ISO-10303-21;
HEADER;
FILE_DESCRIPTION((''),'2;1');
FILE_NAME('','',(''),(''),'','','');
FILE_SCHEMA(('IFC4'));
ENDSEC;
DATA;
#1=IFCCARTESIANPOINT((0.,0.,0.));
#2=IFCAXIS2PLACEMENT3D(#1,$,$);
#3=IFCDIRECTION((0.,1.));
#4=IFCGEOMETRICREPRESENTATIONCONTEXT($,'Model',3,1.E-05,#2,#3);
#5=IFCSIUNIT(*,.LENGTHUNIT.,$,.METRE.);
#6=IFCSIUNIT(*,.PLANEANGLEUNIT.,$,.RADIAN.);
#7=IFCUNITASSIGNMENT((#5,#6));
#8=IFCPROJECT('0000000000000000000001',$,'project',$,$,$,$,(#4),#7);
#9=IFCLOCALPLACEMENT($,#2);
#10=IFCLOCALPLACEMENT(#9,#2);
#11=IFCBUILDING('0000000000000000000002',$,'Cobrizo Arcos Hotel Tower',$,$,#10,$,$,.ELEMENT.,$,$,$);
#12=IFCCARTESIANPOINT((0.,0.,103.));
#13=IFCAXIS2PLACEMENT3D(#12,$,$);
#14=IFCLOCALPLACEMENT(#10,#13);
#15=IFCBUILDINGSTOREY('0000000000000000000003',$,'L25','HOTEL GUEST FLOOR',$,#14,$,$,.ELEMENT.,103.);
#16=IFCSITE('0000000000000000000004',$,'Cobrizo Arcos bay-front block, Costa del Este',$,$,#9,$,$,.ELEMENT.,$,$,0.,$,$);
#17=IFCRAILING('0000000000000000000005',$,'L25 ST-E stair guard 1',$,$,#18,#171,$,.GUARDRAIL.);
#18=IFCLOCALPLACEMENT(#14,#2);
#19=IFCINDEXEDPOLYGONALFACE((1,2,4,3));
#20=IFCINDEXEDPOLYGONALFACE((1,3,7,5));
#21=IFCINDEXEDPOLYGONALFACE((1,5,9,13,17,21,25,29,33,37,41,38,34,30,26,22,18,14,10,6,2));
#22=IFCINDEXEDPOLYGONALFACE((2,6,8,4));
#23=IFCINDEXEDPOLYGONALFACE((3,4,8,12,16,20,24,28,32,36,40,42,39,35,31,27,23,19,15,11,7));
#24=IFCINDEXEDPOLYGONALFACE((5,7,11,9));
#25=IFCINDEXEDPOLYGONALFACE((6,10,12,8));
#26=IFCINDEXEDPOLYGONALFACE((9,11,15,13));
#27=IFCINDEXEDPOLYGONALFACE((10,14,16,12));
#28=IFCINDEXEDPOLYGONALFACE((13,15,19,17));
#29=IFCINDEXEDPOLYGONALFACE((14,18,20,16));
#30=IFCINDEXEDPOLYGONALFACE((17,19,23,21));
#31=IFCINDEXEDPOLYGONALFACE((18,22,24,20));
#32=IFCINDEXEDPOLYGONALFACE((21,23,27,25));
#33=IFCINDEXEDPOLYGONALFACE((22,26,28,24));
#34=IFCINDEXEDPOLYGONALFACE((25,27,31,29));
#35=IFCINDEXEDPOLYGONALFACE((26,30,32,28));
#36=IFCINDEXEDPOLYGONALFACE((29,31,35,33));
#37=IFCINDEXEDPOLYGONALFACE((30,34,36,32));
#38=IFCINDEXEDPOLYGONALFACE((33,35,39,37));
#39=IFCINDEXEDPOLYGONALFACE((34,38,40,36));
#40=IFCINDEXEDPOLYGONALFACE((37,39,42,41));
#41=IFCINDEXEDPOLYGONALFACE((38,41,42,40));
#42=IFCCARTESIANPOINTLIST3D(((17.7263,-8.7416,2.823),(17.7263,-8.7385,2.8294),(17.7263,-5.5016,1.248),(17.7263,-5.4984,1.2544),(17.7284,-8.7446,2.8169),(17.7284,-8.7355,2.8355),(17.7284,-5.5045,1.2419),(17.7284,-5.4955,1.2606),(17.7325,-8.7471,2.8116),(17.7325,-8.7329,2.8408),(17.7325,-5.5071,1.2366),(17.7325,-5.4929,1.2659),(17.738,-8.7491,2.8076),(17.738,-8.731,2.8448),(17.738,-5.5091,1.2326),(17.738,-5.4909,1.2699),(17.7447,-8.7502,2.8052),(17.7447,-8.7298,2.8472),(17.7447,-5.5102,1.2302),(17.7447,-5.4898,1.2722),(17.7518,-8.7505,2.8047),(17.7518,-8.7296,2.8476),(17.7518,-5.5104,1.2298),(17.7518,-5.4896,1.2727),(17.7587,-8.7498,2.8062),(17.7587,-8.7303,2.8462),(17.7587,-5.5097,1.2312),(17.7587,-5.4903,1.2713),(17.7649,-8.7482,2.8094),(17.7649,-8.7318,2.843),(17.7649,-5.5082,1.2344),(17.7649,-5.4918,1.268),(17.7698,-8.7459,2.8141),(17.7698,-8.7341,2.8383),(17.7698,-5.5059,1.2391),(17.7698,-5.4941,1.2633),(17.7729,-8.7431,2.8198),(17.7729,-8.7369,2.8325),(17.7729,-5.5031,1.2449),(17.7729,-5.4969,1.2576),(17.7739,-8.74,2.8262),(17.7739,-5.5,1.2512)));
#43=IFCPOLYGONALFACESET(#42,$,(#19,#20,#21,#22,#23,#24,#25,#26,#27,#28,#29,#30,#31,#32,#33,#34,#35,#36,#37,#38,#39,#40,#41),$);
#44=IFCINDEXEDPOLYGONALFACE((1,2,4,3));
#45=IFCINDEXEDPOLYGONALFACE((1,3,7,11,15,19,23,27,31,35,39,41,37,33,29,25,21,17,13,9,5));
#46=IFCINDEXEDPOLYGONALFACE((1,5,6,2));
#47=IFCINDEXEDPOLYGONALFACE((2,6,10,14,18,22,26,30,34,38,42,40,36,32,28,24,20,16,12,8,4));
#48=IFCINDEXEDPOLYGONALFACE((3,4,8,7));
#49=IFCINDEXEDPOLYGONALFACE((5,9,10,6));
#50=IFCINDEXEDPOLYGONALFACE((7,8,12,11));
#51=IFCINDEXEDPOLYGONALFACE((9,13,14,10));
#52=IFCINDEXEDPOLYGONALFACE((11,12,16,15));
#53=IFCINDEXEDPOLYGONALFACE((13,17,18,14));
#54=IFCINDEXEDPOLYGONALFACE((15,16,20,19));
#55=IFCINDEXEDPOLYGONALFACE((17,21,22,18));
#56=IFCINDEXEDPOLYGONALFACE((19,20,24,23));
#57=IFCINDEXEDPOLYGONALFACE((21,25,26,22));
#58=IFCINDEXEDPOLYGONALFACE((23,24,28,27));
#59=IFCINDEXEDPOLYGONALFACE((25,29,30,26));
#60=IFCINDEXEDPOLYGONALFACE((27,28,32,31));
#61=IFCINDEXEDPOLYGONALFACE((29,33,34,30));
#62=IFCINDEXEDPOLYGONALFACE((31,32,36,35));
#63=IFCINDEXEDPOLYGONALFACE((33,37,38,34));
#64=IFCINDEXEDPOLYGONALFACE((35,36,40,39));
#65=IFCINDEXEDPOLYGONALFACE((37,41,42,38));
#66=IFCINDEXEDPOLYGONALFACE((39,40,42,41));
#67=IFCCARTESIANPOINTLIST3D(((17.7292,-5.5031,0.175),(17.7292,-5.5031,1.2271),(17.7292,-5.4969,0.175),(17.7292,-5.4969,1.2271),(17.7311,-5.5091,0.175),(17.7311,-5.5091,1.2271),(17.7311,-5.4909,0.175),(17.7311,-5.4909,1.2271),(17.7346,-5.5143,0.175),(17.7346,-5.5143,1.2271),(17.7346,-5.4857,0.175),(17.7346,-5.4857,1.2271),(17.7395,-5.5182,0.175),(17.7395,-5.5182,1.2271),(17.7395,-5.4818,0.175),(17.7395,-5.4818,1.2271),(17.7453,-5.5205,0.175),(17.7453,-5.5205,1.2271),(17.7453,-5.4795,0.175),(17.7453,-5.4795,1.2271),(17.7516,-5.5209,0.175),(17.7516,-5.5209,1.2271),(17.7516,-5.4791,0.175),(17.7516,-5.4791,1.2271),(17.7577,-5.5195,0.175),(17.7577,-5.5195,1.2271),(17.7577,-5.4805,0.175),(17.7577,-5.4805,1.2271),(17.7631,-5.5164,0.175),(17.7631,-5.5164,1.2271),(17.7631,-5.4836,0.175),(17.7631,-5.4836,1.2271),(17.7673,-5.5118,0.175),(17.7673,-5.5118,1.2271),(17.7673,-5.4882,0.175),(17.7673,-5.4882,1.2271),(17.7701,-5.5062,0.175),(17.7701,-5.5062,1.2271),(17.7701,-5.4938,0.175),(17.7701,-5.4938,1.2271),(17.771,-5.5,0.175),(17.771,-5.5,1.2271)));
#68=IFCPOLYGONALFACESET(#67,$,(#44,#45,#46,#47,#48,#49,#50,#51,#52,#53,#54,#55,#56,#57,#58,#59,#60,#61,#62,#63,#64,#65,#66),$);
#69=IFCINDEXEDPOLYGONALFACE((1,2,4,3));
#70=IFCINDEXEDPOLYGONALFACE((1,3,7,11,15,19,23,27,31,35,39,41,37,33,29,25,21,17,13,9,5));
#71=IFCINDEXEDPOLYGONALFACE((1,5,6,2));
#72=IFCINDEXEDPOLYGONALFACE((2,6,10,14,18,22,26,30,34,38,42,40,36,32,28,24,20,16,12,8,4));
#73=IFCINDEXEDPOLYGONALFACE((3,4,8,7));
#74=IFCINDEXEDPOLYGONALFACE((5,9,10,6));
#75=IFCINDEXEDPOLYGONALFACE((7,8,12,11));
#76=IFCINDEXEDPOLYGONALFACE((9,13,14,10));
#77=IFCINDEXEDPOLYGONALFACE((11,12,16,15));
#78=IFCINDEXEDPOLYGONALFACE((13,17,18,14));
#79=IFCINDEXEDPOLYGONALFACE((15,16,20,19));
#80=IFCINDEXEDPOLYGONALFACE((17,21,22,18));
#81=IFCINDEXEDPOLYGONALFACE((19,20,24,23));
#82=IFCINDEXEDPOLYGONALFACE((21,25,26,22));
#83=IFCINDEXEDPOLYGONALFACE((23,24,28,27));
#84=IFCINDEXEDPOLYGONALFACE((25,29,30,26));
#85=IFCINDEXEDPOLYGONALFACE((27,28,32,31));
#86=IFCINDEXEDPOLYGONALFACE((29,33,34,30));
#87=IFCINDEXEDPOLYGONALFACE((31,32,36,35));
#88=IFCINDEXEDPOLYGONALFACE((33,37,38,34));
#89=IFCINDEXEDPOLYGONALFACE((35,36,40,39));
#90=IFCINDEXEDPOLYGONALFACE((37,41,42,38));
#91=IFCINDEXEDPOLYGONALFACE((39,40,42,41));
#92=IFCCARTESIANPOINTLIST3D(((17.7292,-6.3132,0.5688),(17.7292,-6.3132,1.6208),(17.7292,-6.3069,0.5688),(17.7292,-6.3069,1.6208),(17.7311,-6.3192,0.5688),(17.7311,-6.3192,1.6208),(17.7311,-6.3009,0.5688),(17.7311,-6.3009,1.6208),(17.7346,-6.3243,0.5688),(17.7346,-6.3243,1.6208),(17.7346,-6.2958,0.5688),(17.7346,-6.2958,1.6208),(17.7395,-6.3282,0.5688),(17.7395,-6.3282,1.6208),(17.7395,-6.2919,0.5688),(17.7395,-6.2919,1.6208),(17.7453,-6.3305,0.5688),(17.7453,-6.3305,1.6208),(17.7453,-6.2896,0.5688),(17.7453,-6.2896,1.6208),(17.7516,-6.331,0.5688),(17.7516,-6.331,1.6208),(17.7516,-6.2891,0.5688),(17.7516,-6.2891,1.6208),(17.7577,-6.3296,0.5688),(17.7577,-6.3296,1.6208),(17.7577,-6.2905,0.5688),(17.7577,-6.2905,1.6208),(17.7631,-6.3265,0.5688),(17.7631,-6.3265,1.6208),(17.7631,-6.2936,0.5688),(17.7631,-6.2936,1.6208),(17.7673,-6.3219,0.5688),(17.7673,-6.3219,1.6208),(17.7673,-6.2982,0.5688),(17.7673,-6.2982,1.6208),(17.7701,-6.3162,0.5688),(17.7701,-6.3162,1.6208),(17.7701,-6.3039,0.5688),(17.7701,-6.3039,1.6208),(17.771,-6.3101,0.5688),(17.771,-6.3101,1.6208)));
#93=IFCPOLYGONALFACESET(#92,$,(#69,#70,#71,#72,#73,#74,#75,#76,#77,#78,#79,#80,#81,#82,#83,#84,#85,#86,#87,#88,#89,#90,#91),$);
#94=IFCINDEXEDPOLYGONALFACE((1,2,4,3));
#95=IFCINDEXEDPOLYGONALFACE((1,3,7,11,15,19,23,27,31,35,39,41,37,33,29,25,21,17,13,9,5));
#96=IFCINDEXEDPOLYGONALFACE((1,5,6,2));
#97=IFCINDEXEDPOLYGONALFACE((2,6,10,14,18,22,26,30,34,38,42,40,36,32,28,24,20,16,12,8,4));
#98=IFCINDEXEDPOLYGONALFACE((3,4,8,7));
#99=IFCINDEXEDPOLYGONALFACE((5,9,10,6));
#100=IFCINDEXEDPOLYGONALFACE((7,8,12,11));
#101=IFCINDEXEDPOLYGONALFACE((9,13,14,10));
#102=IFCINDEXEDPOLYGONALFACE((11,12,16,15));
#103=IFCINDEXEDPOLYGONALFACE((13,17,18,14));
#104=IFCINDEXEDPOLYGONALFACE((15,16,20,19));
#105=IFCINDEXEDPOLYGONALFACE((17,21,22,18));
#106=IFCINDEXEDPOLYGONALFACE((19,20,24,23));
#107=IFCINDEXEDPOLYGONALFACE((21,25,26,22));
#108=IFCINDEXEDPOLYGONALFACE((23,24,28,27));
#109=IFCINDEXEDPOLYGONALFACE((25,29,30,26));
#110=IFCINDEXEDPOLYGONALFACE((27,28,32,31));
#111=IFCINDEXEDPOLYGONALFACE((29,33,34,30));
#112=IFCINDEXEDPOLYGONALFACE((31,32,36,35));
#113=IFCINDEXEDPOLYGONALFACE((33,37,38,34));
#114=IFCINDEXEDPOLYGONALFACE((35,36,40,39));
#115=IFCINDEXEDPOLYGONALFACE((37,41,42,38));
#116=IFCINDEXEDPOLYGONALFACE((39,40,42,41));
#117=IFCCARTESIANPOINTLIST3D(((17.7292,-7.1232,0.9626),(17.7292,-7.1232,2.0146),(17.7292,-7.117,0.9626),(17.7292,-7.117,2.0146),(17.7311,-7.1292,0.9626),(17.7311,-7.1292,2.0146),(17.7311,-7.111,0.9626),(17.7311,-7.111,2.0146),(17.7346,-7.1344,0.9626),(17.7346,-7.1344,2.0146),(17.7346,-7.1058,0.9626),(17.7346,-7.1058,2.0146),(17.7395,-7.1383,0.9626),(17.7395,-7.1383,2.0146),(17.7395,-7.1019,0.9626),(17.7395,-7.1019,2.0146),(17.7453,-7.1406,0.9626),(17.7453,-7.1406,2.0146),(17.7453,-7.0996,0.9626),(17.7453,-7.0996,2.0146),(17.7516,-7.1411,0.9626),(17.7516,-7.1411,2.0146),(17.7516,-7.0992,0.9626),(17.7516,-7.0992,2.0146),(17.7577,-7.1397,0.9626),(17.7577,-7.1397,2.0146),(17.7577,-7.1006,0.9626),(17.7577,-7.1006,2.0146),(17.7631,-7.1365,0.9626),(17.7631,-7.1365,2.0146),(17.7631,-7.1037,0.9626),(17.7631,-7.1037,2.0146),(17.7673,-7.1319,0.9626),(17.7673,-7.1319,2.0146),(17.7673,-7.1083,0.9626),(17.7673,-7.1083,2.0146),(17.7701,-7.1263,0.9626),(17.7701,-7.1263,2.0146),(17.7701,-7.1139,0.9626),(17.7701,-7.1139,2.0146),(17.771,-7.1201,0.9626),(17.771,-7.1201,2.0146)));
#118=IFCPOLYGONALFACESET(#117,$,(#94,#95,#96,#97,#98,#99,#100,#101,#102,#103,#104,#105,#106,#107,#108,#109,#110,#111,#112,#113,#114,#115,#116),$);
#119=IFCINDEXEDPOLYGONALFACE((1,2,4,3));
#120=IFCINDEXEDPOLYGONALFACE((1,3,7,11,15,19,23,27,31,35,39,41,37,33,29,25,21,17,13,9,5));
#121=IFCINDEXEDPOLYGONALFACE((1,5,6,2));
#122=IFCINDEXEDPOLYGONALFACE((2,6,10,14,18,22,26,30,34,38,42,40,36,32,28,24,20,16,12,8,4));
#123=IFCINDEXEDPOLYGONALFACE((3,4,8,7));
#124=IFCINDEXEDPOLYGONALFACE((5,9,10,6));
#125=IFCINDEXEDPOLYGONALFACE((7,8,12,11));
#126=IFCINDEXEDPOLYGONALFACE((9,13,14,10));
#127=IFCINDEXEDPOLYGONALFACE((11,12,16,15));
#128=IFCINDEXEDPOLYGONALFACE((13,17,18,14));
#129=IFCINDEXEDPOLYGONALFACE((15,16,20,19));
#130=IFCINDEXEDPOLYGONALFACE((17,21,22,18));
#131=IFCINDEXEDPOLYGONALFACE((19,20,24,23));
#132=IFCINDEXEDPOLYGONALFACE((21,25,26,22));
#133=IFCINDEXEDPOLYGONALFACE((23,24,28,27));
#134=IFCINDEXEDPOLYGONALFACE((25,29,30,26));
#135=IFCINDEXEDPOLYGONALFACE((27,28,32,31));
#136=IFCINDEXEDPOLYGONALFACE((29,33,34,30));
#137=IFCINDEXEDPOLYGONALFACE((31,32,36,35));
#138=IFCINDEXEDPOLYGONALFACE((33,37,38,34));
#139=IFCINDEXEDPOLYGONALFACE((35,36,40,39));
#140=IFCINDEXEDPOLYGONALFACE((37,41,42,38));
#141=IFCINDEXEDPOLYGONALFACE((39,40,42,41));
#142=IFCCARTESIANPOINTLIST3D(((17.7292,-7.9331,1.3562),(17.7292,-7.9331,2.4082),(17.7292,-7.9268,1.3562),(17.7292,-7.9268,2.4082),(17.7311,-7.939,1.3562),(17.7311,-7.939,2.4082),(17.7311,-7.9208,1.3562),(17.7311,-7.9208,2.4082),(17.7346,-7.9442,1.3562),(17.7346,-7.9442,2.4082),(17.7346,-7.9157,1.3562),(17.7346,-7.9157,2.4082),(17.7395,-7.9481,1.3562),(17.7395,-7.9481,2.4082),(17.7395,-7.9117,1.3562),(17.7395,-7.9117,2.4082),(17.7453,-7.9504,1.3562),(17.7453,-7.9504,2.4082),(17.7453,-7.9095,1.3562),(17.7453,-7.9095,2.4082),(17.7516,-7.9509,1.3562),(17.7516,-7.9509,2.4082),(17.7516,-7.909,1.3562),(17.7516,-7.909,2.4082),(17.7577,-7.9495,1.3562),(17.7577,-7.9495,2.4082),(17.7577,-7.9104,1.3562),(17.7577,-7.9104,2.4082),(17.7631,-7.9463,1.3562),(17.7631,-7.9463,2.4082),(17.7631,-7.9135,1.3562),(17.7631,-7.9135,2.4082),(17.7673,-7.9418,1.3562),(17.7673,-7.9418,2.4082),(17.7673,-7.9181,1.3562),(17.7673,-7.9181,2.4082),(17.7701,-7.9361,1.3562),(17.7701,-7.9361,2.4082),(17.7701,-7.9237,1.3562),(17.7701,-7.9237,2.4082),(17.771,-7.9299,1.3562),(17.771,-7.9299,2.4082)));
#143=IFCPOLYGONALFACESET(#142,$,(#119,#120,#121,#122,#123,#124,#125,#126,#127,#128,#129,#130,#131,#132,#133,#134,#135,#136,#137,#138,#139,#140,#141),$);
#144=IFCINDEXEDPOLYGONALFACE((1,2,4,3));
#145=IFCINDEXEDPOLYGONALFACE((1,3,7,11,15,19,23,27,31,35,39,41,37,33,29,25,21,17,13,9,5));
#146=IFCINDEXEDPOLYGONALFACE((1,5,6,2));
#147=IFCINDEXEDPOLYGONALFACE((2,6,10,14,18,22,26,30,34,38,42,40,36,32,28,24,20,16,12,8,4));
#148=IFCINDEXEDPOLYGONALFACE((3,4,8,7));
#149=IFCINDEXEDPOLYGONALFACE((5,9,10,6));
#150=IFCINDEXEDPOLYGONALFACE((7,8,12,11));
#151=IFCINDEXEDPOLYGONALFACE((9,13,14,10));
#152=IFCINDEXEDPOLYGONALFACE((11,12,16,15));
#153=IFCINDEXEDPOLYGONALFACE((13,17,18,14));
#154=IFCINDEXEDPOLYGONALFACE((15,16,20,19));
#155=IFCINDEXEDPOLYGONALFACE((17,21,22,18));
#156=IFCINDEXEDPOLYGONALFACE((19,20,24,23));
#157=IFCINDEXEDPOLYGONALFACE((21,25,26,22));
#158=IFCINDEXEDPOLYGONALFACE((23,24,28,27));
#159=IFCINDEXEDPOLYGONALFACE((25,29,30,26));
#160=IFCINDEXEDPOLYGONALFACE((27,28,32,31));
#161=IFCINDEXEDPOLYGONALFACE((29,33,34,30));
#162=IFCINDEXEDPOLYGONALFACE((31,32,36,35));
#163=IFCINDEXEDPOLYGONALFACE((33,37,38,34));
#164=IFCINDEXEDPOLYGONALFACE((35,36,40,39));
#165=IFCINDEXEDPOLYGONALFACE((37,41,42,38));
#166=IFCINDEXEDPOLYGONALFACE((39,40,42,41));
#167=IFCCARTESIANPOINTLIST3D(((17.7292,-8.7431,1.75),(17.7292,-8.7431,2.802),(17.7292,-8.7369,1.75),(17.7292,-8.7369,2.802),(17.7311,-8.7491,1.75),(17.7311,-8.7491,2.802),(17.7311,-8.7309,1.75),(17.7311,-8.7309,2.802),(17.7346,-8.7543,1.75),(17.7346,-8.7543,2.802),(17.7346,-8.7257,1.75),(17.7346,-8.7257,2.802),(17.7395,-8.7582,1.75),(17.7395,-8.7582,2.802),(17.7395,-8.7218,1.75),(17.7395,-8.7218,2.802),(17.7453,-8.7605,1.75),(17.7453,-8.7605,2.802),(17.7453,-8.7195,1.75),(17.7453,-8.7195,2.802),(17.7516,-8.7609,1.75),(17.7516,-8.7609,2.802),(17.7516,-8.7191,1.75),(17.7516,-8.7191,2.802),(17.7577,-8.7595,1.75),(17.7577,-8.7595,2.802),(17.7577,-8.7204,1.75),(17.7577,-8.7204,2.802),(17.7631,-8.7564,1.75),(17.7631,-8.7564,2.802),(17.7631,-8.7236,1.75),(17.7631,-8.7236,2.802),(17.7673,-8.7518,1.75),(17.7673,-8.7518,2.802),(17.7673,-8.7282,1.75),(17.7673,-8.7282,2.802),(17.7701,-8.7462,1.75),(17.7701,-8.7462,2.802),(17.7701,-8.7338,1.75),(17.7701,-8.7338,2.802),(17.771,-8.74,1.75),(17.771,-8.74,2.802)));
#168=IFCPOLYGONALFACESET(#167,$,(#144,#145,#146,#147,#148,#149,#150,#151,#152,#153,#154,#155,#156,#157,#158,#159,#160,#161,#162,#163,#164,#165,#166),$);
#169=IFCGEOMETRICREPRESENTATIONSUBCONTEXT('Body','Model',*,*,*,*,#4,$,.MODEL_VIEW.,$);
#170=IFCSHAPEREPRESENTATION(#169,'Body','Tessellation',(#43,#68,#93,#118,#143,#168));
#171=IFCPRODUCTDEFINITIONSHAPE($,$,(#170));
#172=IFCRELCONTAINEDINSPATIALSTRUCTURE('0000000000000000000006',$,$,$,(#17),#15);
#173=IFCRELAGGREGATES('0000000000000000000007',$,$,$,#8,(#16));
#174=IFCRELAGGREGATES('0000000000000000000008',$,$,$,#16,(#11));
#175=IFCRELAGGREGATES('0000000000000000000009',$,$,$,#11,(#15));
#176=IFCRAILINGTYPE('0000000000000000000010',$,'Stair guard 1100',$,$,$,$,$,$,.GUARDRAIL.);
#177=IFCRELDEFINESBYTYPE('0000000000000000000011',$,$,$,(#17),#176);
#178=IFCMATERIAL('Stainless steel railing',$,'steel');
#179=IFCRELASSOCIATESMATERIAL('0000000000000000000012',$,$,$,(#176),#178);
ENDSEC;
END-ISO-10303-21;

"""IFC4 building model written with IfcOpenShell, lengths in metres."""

from ifc_helpers import new_model, si_unit, direction, frame, origin, origin_2d, place, context, subcontext, project, spatial, circle, extrude, material, type_object, element, save


model = new_model("IFC4")

# Units and contexts
model_context = context("Model", 3, precision=1e-05, world=origin(), true_north=direction((0.0, 1.0)))
body_context = subcontext(model_context, "Body", "Model", "MODEL_VIEW")
ifc_project = project(units=[si_unit("LENGTHUNIT", "METRE"), si_unit("PLANEANGLEUNIT", "RADIAN")], contexts=[model_context])

# Site, building, storey
site_placement = place(None, origin())
site = spatial("IfcSite", under=ifc_project, at=site_placement, Name="Cobrizo Arcos bay-front block, Costa del Este", CompositionType="ELEMENT", RefElevation=0.0)
building_placement = place(site_placement, origin())
building = spatial("IfcBuilding", under=site, at=building_placement, Name="Cobrizo Arcos Hotel Tower", CompositionType="ELEMENT")
storey_placement = place(building_placement, frame((0.0, 0.0, 103.0)))
storey = spatial("IfcBuildingStorey", under=building, at=storey_placement, Name="L25", Description="HOTEL GUEST FLOOR", CompositionType="ELEMENT", Elevation=103.0)

# Railing
ifc_material_1 = material(Name="Stainless steel railing", Category="steel")
railing_type_1 = type_object("IfcRailingType", Name="Stair guard 1100", PredefinedType="GUARDRAIL", material=ifc_material_1)
railing_1_placement = place(storey_placement, frame((17.75, -5.5, 0.175)))
element("IfcRailing", 1, at=railing_1_placement, inside=storey, type_object=railing_type_1, Name="L25 ST-E stair guard 1", PredefinedType="GUARDRAIL", context=body_context, shape_type="SweptSolid", body=[
    extrude(circle(Radius=0.0239, at=origin_2d()), frame((0.0, 0.0, 1.0762), z_axis=(0.0, -0.899373, 0.437183), x_axis=(1.0, 0.0, 0.0)), (0.0, 0.0, 1.0), 3.6025),
    extrude(circle(Radius=0.021, at=origin_2d()), origin(), (0.0, 0.0, 1.0), 1.052),
    extrude(circle(Radius=0.021, at=origin_2d()), frame((0.0, -0.8101, 0.3938)), (0.0, 0.0, 1.0), 1.052),
    extrude(circle(Radius=0.021, at=origin_2d()), frame((0.0, -1.6201, 0.7876)), (0.0, 0.0, 1.0), 1.052),
    extrude(circle(Radius=0.021, at=origin_2d()), frame((0.0, -2.4299, 1.1812)), (0.0, 0.0, 1.0), 1.052),
    extrude(circle(Radius=0.021, at=origin_2d()), frame((0.0, -3.24, 1.575)), (0.0, 0.0, 1.0), 1.052),
])

save(model, "model.ifc")
